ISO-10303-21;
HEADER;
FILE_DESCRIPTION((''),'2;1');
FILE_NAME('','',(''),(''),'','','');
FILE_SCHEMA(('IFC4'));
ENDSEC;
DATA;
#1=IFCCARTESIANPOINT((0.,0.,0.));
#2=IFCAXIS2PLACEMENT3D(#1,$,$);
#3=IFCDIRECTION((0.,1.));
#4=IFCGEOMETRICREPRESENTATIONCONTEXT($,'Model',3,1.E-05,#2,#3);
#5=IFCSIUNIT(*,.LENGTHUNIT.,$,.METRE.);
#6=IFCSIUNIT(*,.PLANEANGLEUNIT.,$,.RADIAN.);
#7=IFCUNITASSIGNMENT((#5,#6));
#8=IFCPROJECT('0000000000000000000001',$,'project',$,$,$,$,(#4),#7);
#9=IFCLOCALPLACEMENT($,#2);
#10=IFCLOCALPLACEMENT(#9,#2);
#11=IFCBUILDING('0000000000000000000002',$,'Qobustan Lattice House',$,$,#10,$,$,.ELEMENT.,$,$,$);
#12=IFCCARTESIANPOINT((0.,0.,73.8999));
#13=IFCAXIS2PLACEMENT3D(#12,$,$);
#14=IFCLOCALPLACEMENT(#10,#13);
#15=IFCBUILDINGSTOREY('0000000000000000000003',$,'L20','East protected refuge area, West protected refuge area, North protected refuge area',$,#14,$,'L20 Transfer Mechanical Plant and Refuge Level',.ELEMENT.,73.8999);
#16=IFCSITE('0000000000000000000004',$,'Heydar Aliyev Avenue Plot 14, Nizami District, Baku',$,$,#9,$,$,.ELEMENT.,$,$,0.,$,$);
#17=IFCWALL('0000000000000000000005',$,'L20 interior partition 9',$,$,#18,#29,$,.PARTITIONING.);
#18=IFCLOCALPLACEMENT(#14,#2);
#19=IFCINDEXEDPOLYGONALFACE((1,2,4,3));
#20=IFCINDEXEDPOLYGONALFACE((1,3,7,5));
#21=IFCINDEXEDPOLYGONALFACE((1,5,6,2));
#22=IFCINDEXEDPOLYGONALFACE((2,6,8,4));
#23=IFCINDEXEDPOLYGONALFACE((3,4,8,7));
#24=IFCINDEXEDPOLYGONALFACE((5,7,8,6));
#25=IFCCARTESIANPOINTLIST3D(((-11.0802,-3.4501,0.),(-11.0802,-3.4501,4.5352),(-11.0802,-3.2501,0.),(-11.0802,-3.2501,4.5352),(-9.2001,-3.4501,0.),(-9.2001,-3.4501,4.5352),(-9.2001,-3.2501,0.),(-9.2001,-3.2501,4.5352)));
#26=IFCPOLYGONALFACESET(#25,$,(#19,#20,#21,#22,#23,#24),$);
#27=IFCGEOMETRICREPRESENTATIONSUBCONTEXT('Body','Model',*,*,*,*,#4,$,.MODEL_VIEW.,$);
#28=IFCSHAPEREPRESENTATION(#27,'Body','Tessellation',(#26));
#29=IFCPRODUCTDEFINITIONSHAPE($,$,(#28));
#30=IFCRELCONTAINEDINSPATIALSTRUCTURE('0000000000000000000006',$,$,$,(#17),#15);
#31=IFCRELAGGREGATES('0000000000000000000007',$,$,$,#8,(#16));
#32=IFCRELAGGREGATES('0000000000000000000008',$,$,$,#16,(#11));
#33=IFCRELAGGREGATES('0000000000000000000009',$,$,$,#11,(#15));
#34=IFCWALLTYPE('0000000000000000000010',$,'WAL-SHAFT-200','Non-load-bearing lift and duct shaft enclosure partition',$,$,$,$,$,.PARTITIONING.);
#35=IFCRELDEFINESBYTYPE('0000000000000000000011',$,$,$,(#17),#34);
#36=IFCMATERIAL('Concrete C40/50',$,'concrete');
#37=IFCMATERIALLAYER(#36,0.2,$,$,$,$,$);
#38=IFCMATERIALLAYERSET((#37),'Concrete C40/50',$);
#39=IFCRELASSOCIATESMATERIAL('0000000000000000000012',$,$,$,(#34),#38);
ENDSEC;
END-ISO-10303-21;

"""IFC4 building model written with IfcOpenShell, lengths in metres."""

from ifc_helpers import new_model, si_unit, direction, frame, frame_2d, origin, place, context, subcontext, project, spatial, rectangle, extrude, material, layer, layer_set, type_object, element, save


model = new_model("IFC4")

# Units and contexts
model_context = context("Model", 3, precision=1e-05, world=origin(), true_north=direction((0.0, 1.0)))
body_context = subcontext(model_context, "Body", "Model", "MODEL_VIEW")
ifc_project = project(units=[si_unit("LENGTHUNIT", "METRE"), si_unit("PLANEANGLEUNIT", "RADIAN")], contexts=[model_context])

# Site, building, storey
site_placement = place(None, origin())
site = spatial("IfcSite", under=ifc_project, at=site_placement, Name="Heydar Aliyev Avenue Plot 14, Nizami District, Baku", CompositionType="ELEMENT", RefElevation=0.0)
building_placement = place(site_placement, origin())
building = spatial("IfcBuilding", under=site, at=building_placement, Name="Qobustan Lattice House", CompositionType="ELEMENT")
storey_placement = place(building_placement, frame((0.0, 0.0, 73.8999)))
storey = spatial("IfcBuildingStorey", under=building, at=storey_placement, Name="L20", Description="East protected refuge area, West protected refuge area, North protected refuge area", LongName="L20 Transfer Mechanical Plant and Refuge Level", CompositionType="ELEMENT", Elevation=73.8999)

# Wall
ifc_material_1 = material(Name="Concrete C40/50", Category="concrete")
ifc_layer_1 = layer(ifc_material_1, 0.2)
ifc_layer_set_1 = layer_set([ifc_layer_1], Name="Concrete C40/50")
wall_type_1 = type_object("IfcWallType", Name="WAL-SHAFT-200", Description="Non-load-bearing lift and duct shaft enclosure partition", PredefinedType="PARTITIONING", material=ifc_layer_set_1)
wall_1_placement = place(storey_placement, frame((-11.0801, -3.3501, 0.0), z_axis=(0.0, 0.0, 1.0), x_axis=(1.0, 0.0, 0.0)))
element("IfcWall", 1, at=wall_1_placement, inside=storey, type_object=wall_type_1, Name="L20 interior partition 9", PredefinedType="PARTITIONING", context=body_context, shape_type="SweptSolid", body=[
    extrude(rectangle(XDim=1.8801, YDim=0.2, at=frame_2d((0.9399, 0.0))), origin(), (0.0, 0.0, 1.0), 4.5352),
])

save(model, "model.ifc")
